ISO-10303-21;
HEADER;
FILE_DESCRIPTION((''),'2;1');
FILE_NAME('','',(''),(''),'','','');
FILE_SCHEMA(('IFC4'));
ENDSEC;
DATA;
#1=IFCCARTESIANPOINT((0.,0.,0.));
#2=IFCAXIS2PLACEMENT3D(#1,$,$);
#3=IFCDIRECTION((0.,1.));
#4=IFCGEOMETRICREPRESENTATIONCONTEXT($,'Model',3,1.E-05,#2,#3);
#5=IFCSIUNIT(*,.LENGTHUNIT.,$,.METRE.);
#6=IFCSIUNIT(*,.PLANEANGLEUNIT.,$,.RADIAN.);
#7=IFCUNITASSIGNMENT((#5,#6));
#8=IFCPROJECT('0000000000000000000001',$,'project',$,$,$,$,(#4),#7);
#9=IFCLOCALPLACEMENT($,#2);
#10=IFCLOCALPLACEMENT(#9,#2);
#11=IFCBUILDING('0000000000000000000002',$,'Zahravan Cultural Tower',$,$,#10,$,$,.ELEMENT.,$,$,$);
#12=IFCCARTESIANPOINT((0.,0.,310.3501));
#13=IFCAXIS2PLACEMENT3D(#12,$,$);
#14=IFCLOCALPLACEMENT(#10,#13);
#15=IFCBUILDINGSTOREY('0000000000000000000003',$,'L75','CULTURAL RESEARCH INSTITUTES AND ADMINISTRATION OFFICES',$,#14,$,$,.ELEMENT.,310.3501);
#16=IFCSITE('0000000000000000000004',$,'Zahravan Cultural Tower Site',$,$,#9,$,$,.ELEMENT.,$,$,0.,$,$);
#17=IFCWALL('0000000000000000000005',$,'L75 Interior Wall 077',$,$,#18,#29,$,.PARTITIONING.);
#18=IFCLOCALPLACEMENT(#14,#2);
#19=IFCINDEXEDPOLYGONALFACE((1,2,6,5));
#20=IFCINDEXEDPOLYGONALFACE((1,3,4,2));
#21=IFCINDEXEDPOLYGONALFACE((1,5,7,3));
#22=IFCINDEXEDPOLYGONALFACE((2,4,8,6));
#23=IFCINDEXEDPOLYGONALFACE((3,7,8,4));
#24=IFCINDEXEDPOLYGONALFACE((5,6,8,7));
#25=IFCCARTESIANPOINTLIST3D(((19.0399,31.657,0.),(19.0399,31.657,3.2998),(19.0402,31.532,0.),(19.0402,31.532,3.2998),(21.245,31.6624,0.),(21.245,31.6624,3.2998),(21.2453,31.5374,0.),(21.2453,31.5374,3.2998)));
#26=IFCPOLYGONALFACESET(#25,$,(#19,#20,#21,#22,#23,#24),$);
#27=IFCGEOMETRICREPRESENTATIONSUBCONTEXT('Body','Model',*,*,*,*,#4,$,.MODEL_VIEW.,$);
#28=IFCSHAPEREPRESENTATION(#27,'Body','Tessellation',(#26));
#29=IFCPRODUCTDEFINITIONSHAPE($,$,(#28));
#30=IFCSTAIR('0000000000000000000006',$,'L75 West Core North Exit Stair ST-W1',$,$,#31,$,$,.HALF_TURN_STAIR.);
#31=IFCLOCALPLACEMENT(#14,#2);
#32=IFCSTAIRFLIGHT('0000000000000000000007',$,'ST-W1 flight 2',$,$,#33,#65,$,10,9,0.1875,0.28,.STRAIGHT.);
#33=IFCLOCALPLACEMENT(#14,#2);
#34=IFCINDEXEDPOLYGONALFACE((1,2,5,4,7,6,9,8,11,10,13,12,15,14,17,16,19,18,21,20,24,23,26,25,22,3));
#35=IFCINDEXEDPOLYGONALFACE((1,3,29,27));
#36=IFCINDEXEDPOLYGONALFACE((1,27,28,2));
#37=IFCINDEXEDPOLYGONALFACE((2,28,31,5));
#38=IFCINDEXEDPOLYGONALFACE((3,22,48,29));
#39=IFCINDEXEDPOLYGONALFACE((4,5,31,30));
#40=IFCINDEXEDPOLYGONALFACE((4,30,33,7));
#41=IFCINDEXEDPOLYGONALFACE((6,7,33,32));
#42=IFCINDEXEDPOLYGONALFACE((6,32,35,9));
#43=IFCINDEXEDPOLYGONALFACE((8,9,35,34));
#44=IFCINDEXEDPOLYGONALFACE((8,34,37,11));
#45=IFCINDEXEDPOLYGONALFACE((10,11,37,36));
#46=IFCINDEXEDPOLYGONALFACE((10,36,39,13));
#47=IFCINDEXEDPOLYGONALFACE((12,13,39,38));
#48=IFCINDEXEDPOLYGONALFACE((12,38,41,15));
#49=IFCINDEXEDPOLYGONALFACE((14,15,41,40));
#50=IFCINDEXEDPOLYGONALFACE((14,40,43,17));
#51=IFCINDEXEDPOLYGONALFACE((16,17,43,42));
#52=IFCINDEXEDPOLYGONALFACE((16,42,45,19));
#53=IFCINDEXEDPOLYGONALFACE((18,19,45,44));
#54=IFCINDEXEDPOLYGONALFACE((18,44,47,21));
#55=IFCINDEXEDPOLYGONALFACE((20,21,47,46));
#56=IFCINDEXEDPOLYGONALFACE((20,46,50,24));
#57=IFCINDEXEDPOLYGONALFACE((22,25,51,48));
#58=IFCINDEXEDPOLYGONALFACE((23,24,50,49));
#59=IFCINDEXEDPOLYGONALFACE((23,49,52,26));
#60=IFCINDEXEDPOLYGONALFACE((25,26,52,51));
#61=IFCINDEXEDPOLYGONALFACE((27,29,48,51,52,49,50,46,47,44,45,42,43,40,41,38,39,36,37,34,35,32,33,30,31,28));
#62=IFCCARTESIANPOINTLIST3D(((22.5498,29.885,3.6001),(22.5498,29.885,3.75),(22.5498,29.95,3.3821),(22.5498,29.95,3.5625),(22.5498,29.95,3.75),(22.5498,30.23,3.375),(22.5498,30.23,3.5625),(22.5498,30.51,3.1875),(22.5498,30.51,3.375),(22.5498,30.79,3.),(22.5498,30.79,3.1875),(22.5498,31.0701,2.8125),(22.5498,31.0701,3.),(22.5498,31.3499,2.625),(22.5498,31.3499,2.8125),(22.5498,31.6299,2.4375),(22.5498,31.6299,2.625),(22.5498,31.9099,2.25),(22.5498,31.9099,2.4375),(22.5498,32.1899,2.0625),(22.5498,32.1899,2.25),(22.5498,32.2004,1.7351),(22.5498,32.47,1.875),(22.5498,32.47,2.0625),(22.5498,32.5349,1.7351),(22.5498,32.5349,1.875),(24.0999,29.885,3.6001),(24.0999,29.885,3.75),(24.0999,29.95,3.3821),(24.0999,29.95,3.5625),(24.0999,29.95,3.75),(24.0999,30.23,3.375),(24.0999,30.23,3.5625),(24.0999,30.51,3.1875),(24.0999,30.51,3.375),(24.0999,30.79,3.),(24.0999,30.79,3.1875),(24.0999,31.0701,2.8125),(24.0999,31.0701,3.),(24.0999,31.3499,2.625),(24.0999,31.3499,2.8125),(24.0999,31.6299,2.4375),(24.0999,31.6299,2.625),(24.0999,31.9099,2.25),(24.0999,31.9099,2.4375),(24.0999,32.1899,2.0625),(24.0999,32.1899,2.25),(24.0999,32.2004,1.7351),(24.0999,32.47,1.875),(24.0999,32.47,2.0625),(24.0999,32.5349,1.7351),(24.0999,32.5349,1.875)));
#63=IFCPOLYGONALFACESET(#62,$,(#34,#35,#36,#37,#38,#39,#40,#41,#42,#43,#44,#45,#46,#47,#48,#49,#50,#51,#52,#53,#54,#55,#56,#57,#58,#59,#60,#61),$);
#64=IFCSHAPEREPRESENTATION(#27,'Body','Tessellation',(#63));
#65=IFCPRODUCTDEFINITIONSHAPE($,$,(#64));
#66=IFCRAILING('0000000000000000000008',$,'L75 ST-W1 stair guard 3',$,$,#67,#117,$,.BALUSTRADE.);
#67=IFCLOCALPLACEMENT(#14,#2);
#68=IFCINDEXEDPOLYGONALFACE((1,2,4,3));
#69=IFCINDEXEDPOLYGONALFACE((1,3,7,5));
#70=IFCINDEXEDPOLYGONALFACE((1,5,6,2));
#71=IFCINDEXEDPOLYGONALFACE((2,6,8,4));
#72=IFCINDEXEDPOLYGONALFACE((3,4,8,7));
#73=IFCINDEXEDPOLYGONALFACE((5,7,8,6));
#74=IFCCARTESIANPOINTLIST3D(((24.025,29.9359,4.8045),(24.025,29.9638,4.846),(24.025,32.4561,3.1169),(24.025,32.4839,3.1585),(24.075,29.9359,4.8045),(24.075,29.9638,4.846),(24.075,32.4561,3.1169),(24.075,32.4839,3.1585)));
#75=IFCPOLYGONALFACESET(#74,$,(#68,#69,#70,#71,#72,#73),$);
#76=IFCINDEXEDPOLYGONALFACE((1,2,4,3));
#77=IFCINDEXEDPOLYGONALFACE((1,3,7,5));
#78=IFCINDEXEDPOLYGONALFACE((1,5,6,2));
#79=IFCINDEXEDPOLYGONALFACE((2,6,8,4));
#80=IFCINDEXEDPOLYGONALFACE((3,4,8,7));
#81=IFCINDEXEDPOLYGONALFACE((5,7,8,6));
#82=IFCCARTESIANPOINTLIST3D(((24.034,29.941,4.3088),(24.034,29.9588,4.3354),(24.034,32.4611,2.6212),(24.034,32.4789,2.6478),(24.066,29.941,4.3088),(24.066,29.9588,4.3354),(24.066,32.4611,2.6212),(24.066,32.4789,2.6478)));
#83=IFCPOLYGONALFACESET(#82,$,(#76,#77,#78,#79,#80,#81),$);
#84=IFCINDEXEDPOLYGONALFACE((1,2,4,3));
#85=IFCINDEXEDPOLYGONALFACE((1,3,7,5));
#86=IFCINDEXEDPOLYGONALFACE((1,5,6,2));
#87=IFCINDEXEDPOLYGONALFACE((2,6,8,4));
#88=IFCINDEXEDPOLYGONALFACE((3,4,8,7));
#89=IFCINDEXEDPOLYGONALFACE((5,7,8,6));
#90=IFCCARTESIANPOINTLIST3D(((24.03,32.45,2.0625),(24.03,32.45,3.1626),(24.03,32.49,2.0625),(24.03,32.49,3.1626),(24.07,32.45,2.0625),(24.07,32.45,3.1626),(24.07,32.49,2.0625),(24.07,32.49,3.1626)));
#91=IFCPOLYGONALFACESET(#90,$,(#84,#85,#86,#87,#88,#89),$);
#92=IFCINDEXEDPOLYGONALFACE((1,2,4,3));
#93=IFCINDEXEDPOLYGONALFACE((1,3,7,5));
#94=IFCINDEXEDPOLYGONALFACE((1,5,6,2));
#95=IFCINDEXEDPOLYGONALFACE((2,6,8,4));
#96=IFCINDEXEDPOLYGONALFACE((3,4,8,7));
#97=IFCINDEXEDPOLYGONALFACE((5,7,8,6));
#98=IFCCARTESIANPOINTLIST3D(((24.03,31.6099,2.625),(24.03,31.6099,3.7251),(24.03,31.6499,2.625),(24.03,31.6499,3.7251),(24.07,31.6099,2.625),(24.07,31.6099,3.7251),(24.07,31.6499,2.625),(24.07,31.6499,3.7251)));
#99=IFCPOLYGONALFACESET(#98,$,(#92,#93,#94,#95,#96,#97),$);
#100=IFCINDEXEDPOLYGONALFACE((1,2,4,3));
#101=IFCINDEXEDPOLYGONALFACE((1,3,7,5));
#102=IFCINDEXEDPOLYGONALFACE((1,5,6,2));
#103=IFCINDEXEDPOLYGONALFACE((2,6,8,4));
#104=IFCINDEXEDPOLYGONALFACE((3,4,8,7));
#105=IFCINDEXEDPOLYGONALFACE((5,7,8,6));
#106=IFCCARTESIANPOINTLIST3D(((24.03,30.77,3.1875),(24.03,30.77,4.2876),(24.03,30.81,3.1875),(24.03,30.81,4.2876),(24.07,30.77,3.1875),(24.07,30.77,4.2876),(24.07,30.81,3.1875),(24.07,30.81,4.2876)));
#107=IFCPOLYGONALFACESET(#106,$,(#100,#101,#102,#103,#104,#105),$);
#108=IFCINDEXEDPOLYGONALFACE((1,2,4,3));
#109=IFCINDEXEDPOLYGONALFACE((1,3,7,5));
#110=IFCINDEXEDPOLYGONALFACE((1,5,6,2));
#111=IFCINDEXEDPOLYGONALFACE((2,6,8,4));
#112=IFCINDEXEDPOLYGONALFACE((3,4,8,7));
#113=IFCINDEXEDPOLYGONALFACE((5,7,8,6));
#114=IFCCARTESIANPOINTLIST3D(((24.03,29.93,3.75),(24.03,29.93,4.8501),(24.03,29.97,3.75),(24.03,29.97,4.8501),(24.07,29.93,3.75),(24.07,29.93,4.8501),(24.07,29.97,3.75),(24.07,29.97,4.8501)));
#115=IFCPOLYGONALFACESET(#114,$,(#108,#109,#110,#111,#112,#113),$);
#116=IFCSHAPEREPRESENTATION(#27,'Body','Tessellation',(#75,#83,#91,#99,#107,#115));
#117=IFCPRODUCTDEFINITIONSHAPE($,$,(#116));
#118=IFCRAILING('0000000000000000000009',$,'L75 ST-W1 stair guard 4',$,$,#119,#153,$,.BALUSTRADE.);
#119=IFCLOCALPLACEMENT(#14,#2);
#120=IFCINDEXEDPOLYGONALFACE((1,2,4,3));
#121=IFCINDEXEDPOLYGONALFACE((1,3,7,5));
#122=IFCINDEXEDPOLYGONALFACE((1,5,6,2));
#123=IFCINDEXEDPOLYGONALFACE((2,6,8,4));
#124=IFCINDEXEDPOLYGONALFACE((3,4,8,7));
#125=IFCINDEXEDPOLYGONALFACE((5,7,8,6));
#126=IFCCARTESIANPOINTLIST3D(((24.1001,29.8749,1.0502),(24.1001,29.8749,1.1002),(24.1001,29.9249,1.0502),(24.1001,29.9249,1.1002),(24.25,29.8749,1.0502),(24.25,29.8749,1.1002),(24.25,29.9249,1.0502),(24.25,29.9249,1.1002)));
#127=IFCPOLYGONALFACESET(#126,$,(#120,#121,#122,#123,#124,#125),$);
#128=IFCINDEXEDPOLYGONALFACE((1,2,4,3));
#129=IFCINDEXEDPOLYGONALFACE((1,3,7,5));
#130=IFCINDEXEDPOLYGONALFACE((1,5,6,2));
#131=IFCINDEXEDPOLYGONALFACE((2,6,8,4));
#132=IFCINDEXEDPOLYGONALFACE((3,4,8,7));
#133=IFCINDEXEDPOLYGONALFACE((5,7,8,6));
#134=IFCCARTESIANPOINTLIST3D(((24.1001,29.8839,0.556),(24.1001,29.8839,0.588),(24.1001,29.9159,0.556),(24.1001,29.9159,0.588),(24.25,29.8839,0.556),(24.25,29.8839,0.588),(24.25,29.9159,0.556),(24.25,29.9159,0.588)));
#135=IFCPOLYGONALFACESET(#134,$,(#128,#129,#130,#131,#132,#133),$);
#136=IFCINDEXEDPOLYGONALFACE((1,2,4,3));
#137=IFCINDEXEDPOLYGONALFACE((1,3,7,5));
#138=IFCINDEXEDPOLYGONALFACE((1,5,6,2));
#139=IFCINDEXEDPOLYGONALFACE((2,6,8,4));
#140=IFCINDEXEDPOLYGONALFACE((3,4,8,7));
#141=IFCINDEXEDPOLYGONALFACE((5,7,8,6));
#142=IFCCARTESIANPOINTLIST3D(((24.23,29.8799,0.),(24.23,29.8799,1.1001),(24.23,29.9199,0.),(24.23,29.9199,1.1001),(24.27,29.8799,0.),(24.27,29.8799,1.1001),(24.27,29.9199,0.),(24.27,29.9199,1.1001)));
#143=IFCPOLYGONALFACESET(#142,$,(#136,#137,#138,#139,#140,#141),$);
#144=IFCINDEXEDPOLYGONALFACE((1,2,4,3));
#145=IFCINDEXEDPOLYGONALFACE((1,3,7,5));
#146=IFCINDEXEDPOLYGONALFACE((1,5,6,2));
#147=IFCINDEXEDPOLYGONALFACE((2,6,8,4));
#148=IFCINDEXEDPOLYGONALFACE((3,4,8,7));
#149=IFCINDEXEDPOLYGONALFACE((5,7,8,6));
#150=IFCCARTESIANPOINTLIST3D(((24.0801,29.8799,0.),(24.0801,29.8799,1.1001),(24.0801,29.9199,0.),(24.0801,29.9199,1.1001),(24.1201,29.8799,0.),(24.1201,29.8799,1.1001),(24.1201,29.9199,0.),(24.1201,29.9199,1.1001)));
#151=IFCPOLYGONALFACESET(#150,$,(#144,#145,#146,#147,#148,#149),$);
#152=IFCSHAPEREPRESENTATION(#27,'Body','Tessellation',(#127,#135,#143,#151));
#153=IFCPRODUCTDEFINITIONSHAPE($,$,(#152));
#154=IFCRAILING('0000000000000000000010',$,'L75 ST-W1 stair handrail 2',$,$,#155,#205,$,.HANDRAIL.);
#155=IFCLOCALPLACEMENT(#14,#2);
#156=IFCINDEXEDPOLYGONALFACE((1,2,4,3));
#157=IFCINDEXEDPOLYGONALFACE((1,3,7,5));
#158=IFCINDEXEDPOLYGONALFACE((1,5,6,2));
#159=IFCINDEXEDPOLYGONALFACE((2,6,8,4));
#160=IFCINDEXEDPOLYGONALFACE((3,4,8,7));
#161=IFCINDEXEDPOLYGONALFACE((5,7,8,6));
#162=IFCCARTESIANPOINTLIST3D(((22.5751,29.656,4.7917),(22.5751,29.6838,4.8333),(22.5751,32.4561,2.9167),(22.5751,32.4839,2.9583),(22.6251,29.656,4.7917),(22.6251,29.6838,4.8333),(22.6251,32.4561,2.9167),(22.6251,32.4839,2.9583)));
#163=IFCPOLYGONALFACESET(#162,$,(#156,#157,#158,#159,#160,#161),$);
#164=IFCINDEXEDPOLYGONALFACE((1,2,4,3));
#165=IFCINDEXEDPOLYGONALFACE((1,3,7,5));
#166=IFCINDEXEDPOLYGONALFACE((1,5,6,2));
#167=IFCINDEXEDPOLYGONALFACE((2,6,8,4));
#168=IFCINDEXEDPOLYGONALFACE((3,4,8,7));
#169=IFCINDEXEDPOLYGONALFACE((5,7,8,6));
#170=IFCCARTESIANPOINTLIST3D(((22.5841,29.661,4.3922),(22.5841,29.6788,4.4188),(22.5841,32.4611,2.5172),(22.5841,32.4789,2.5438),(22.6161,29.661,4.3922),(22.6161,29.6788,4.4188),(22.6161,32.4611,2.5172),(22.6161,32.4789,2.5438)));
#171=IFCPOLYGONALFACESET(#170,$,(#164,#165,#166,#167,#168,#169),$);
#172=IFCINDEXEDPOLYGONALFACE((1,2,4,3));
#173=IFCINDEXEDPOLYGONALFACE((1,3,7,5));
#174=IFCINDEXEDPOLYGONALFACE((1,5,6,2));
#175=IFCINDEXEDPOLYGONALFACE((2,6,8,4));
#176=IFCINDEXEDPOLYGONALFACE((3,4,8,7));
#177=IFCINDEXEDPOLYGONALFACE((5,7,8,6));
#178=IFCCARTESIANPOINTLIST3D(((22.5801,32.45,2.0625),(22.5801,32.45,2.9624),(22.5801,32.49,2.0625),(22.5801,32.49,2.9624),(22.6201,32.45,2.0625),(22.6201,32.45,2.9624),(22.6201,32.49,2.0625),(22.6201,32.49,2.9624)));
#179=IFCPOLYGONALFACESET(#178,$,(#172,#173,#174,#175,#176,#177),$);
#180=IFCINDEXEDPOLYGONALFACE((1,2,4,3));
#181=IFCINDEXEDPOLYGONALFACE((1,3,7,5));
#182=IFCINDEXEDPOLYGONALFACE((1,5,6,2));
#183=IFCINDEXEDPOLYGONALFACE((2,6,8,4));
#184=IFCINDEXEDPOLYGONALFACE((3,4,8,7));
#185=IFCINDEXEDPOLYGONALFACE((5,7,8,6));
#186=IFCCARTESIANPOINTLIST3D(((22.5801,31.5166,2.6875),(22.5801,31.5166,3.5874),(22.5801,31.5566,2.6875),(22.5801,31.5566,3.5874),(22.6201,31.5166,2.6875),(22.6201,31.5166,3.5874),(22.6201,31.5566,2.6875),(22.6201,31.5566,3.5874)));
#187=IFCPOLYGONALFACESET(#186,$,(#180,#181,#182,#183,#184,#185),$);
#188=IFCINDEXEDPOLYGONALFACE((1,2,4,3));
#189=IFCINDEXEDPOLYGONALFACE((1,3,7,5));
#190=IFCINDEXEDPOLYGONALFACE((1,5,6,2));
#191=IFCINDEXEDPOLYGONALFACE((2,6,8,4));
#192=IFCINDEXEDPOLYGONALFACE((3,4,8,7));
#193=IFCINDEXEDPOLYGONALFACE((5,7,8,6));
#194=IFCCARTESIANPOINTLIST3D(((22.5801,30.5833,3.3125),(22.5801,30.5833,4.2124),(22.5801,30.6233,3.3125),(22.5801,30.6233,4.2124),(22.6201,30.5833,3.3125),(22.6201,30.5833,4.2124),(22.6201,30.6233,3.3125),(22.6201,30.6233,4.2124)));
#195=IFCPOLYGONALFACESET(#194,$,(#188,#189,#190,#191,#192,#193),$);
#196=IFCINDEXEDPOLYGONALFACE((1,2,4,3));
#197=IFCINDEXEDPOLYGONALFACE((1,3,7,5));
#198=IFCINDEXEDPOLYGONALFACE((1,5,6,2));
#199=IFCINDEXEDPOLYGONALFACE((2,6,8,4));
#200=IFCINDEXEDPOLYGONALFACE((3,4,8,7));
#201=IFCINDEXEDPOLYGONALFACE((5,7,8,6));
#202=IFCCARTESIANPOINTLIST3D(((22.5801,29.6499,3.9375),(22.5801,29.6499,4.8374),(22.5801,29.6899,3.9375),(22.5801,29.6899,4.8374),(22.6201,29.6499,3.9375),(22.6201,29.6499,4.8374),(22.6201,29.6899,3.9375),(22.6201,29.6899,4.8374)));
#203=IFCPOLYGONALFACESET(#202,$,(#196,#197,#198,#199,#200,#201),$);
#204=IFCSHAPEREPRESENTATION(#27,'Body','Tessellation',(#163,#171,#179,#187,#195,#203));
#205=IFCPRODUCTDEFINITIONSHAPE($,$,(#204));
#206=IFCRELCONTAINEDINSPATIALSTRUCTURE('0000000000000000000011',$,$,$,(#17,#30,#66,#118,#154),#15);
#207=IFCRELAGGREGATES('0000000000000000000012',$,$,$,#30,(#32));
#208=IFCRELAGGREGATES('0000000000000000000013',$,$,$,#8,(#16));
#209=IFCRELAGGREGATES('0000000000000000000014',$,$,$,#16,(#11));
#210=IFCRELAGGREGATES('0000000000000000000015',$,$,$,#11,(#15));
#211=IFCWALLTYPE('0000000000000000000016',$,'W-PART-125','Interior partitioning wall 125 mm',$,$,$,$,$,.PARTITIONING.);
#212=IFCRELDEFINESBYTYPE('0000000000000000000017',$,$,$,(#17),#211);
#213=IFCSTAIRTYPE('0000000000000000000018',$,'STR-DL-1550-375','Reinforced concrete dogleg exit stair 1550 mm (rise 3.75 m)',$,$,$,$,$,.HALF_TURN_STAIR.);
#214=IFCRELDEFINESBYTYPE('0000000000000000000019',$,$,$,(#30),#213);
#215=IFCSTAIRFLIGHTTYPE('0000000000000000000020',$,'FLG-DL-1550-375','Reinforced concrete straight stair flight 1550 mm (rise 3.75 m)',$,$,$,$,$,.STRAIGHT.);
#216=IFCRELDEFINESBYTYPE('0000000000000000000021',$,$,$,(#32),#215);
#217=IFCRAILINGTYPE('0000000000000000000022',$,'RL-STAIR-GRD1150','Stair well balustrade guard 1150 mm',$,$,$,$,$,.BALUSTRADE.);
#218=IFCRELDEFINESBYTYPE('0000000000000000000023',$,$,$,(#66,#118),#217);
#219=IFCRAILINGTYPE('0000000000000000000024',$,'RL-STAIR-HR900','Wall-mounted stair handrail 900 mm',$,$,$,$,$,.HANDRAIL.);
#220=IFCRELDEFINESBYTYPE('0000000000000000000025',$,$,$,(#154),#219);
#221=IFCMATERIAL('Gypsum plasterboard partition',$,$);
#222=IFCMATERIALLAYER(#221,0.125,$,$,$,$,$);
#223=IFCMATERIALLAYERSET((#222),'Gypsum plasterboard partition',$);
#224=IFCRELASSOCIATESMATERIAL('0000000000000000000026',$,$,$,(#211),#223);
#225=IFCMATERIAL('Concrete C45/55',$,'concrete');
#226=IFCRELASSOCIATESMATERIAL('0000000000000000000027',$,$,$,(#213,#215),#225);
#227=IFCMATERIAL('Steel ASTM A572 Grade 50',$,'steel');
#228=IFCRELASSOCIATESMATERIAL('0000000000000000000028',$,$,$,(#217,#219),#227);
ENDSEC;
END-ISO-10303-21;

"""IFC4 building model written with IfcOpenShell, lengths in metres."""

from ifc_helpers import new_model, si_unit, direction, frame, frame_2d, origin, origin_2d, place, context, subcontext, project, spatial, polyline, rectangle, outline, extrude, source, transform, mapped, material, layer, layer_set, type_object, element, aggregate, save


model = new_model("IFC4")

# Units and contexts
model_context = context("Model", 3, precision=1e-05, world=origin(), true_north=direction((0.0, 1.0)))
body_context = subcontext(model_context, "Body", "Model", "MODEL_VIEW")
ifc_project = project(units=[si_unit("LENGTHUNIT", "METRE"), si_unit("PLANEANGLEUNIT", "RADIAN")], contexts=[model_context])

# Site, building, storey
site_placement = place(None, origin())
site = spatial("IfcSite", under=ifc_project, at=site_placement, Name="Zahravan Cultural Tower Site", CompositionType="ELEMENT", RefElevation=0.0)
building_placement = place(site_placement, origin())
building = spatial("IfcBuilding", under=site, at=building_placement, Name="Zahravan Cultural Tower", CompositionType="ELEMENT")
storey_placement = place(building_placement, frame((0.0, 0.0, 310.3501)))
storey = spatial("IfcBuildingStorey", under=building, at=storey_placement, Name="L75", Description="CULTURAL RESEARCH INSTITUTES AND ADMINISTRATION OFFICES", CompositionType="ELEMENT", Elevation=310.3501)

# Shared definitions
ifc_material_1 = material(Name="Gypsum plasterboard partition")
ifc_layer_1 = layer(ifc_material_1, 0.125)
ifc_layer_set_1 = layer_set([ifc_layer_1], Name="Gypsum plasterboard partition")
wall_type_1 = type_object("IfcWallType", Name="W-PART-125", Description="Interior partitioning wall 125 mm", PredefinedType="PARTITIONING", material=ifc_layer_set_1)

# Wall
ifc_material_2 = material(Name="Concrete C45/55", Category="concrete")
shared_shape_1 = source(origin(), body_context, "Body", "SweptSolid", [
    extrude(rectangle(XDim=2.2051, YDim=0.125, at=frame_2d((1.1025, 0.0))), origin(), (0.0, 0.0, 1.0), 3.2998),
])
wall_1_placement = place(storey_placement, frame((21.2451, 31.5999, 0.0), z_axis=(0.0, 0.0, 1.0), x_axis=(-0.999997, -0.002436, 0.0)))
element("IfcWall", 1, at=wall_1_placement, inside=storey, type_object=wall_type_1, Name="L75 Interior Wall 077", PredefinedType="PARTITIONING", context=body_context, shape_type="MappedRepresentation", body=[
    mapped(shared_shape_1, transform((0.0, 0.0, 0.0), x_axis=(1.0, 0.0, 0.0), y_axis=(0.0, 1.0, 0.0), z_axis=(0.0, 0.0, 1.0), scale=1.0)),
])

# Stair, stair flight
stair_type = type_object("IfcStairType", Name="STR-DL-1550-375", Description="Reinforced concrete dogleg exit stair 1550 mm (rise 3.75 m)", PredefinedType="HALF_TURN_STAIR", material=ifc_material_2)
stair_placement = place(storey_placement, origin())
stair = element("IfcStair", 2, at=stair_placement, inside=storey, type_object=stair_type, Name="L75 West Core North Exit Stair ST-W1", PredefinedType="HALF_TURN_STAIR")
stair_flight_type = type_object("IfcStairFlightType", Name="FLG-DL-1550-375", Description="Reinforced concrete straight stair flight 1550 mm (rise 3.75 m)", PredefinedType="STRAIGHT", material=ifc_material_2)
stair_flight_placement = place(storey_placement, frame((23.325, 32.47, 1.875), z_axis=(0.0, 0.0, 1.0), x_axis=(0.0, -1.0, 0.0)))
stair_flight = element("IfcStairFlight", 3, at=stair_flight_placement, type_object=stair_flight_type, Name="ST-W1 flight 2", NumberOfRisers=10, NumberOfTreads=9, PredefinedType="STRAIGHT", RiserHeight=0.1875, TreadLength=0.28, context=body_context, shape_type="SweptSolid", body=[
    extrude(outline(polyline([(-0.0649, -0.1399), (-0.0649, 0.0), (0.0, 0.0), (0.0, 0.1875), (0.28, 0.1875), (0.28, 0.375), (0.5601, 0.375), (0.5601, 0.5625), (0.8401, 0.5625), (0.8401, 0.75), (1.1201, 0.75), (1.1201, 0.9375), (1.3999, 0.9375), (1.3999, 1.125), (1.6799, 1.125), (1.6799, 1.3125), (1.96, 1.3125), (1.96, 1.5), (2.24, 1.5), (2.24, 1.6875), (2.52, 1.6875), (2.52, 1.875), (2.585, 1.875), (2.585, 1.7251), (2.52, 1.5071), (0.2695, -0.1399), (-0.0649, -0.1399)])), frame((0.0, 0.7749, 0.0), z_axis=(0.0, -1.0, 0.0), x_axis=(1.0, 0.0, 0.0)), (0.0, 0.0, 1.0), 1.55),
])
aggregate(stair, [stair_flight])

# Railings
ifc_material_3 = material(Name="Steel ASTM A572 Grade 50", Category="steel")
railing_type_1 = type_object("IfcRailingType", Name="RL-STAIR-GRD1150", Description="Stair well balustrade guard 1150 mm", PredefinedType="BALUSTRADE", material=ifc_material_3)
railing_1_placement = place(storey_placement, frame((24.05, 32.47, 2.0625)))
element("IfcRailing", 4, at=railing_1_placement, inside=storey, type_object=railing_type_1, Name="L75 ST-W1 stair guard 3", PredefinedType="BALUSTRADE", context=body_context, shape_type="SweptSolid", body=[
    extrude(rectangle(XDim=0.05, YDim=0.05, at=origin_2d()), frame((0.0, 0.0, 1.0752), z_axis=(0.0, -0.830909, 0.556408), x_axis=(1.0, 0.0, 0.0)), (0.0, 0.0, 1.0), 3.033),
    extrude(rectangle(XDim=0.032, YDim=0.032, at=origin_2d()), frame((0.0, 0.0, 0.572), z_axis=(0.0, -0.830909, 0.556408), x_axis=(1.0, 0.0, 0.0)), (0.0, 0.0, 1.0), 3.033),
    extrude(rectangle(XDim=0.04, YDim=0.04, at=origin_2d()), origin(), (0.0, 0.0, 1.0), 1.1001),
    extrude(rectangle(XDim=0.04, YDim=0.04, at=origin_2d()), frame((0.0, -0.8401, 0.5625)), (0.0, 0.0, 1.0), 1.1001),
    extrude(rectangle(XDim=0.04, YDim=0.04, at=origin_2d()), frame((0.0, -1.6799, 1.125)), (0.0, 0.0, 1.0), 1.1001),
    extrude(rectangle(XDim=0.04, YDim=0.04, at=origin_2d()), frame((0.0, -2.52, 1.6875)), (0.0, 0.0, 1.0), 1.1001),
])
railing_2_placement = place(storey_placement, frame((24.25, 29.8999, 0.0)))
element("IfcRailing", 5, at=railing_2_placement, inside=storey, type_object=railing_type_1, Name="L75 ST-W1 stair guard 4", PredefinedType="BALUSTRADE", context=body_context, shape_type="SweptSolid", body=[
    extrude(rectangle(XDim=0.05, YDim=0.05, at=origin_2d()), frame((0.0, 0.0, 1.0752), z_axis=(-1.0, 0.0, 0.0), x_axis=(0.0, -1.0, 0.0)), (0.0, 0.0, 1.0), 0.1499),
    extrude(rectangle(XDim=0.032, YDim=0.032, at=origin_2d()), frame((0.0, 0.0, 0.572), z_axis=(-1.0, 0.0, 0.0), x_axis=(0.0, -1.0, 0.0)), (0.0, 0.0, 1.0), 0.1499),
    extrude(rectangle(XDim=0.04, YDim=0.04, at=origin_2d()), origin(), (0.0, 0.0, 1.0), 1.1001),
    extrude(rectangle(XDim=0.04, YDim=0.04, at=origin_2d()), frame((-0.1499, 0.0, 0.0)), (0.0, 0.0, 1.0), 1.1001),
])
railing_type_2 = type_object("IfcRailingType", Name="RL-STAIR-HR900", Description="Wall-mounted stair handrail 900 mm", PredefinedType="HANDRAIL", material=ifc_material_3)
railing_3_placement = place(storey_placement, frame((22.6001, 32.47, 2.0625)))
element("IfcRailing", 6, at=railing_3_placement, inside=storey, type_object=railing_type_2, Name="L75 ST-W1 stair handrail 2", PredefinedType="HANDRAIL", context=body_context, shape_type="SweptSolid", body=[
    extrude(rectangle(XDim=0.05, YDim=0.05, at=origin_2d()), frame((0.0, 0.0, 0.875), z_axis=(0.0, -0.830912, 0.556404), x_axis=(1.0, 0.0, 0.0)), (0.0, 0.0, 1.0), 3.3699),
    extrude(rectangle(XDim=0.032, YDim=0.032, at=origin_2d()), frame((0.0, 0.0, 0.468), z_axis=(0.0, -0.830912, 0.556404), x_axis=(1.0, 0.0, 0.0)), (0.0, 0.0, 1.0), 3.3699),
    extrude(rectangle(XDim=0.04, YDim=0.04, at=origin_2d()), origin(), (0.0, 0.0, 1.0), 0.8999),
    extrude(rectangle(XDim=0.04, YDim=0.04, at=origin_2d()), frame((0.0, -0.9333, 0.625)), (0.0, 0.0, 1.0), 0.8999),
    extrude(rectangle(XDim=0.04, YDim=0.04, at=origin_2d()), frame((0.0, -1.8667, 1.25)), (0.0, 0.0, 1.0), 0.8999),
    extrude(rectangle(XDim=0.04, YDim=0.04, at=origin_2d()), frame((0.0, -2.8, 1.875)), (0.0, 0.0, 1.0), 0.8999),
])

save(model, "model.ifc")
